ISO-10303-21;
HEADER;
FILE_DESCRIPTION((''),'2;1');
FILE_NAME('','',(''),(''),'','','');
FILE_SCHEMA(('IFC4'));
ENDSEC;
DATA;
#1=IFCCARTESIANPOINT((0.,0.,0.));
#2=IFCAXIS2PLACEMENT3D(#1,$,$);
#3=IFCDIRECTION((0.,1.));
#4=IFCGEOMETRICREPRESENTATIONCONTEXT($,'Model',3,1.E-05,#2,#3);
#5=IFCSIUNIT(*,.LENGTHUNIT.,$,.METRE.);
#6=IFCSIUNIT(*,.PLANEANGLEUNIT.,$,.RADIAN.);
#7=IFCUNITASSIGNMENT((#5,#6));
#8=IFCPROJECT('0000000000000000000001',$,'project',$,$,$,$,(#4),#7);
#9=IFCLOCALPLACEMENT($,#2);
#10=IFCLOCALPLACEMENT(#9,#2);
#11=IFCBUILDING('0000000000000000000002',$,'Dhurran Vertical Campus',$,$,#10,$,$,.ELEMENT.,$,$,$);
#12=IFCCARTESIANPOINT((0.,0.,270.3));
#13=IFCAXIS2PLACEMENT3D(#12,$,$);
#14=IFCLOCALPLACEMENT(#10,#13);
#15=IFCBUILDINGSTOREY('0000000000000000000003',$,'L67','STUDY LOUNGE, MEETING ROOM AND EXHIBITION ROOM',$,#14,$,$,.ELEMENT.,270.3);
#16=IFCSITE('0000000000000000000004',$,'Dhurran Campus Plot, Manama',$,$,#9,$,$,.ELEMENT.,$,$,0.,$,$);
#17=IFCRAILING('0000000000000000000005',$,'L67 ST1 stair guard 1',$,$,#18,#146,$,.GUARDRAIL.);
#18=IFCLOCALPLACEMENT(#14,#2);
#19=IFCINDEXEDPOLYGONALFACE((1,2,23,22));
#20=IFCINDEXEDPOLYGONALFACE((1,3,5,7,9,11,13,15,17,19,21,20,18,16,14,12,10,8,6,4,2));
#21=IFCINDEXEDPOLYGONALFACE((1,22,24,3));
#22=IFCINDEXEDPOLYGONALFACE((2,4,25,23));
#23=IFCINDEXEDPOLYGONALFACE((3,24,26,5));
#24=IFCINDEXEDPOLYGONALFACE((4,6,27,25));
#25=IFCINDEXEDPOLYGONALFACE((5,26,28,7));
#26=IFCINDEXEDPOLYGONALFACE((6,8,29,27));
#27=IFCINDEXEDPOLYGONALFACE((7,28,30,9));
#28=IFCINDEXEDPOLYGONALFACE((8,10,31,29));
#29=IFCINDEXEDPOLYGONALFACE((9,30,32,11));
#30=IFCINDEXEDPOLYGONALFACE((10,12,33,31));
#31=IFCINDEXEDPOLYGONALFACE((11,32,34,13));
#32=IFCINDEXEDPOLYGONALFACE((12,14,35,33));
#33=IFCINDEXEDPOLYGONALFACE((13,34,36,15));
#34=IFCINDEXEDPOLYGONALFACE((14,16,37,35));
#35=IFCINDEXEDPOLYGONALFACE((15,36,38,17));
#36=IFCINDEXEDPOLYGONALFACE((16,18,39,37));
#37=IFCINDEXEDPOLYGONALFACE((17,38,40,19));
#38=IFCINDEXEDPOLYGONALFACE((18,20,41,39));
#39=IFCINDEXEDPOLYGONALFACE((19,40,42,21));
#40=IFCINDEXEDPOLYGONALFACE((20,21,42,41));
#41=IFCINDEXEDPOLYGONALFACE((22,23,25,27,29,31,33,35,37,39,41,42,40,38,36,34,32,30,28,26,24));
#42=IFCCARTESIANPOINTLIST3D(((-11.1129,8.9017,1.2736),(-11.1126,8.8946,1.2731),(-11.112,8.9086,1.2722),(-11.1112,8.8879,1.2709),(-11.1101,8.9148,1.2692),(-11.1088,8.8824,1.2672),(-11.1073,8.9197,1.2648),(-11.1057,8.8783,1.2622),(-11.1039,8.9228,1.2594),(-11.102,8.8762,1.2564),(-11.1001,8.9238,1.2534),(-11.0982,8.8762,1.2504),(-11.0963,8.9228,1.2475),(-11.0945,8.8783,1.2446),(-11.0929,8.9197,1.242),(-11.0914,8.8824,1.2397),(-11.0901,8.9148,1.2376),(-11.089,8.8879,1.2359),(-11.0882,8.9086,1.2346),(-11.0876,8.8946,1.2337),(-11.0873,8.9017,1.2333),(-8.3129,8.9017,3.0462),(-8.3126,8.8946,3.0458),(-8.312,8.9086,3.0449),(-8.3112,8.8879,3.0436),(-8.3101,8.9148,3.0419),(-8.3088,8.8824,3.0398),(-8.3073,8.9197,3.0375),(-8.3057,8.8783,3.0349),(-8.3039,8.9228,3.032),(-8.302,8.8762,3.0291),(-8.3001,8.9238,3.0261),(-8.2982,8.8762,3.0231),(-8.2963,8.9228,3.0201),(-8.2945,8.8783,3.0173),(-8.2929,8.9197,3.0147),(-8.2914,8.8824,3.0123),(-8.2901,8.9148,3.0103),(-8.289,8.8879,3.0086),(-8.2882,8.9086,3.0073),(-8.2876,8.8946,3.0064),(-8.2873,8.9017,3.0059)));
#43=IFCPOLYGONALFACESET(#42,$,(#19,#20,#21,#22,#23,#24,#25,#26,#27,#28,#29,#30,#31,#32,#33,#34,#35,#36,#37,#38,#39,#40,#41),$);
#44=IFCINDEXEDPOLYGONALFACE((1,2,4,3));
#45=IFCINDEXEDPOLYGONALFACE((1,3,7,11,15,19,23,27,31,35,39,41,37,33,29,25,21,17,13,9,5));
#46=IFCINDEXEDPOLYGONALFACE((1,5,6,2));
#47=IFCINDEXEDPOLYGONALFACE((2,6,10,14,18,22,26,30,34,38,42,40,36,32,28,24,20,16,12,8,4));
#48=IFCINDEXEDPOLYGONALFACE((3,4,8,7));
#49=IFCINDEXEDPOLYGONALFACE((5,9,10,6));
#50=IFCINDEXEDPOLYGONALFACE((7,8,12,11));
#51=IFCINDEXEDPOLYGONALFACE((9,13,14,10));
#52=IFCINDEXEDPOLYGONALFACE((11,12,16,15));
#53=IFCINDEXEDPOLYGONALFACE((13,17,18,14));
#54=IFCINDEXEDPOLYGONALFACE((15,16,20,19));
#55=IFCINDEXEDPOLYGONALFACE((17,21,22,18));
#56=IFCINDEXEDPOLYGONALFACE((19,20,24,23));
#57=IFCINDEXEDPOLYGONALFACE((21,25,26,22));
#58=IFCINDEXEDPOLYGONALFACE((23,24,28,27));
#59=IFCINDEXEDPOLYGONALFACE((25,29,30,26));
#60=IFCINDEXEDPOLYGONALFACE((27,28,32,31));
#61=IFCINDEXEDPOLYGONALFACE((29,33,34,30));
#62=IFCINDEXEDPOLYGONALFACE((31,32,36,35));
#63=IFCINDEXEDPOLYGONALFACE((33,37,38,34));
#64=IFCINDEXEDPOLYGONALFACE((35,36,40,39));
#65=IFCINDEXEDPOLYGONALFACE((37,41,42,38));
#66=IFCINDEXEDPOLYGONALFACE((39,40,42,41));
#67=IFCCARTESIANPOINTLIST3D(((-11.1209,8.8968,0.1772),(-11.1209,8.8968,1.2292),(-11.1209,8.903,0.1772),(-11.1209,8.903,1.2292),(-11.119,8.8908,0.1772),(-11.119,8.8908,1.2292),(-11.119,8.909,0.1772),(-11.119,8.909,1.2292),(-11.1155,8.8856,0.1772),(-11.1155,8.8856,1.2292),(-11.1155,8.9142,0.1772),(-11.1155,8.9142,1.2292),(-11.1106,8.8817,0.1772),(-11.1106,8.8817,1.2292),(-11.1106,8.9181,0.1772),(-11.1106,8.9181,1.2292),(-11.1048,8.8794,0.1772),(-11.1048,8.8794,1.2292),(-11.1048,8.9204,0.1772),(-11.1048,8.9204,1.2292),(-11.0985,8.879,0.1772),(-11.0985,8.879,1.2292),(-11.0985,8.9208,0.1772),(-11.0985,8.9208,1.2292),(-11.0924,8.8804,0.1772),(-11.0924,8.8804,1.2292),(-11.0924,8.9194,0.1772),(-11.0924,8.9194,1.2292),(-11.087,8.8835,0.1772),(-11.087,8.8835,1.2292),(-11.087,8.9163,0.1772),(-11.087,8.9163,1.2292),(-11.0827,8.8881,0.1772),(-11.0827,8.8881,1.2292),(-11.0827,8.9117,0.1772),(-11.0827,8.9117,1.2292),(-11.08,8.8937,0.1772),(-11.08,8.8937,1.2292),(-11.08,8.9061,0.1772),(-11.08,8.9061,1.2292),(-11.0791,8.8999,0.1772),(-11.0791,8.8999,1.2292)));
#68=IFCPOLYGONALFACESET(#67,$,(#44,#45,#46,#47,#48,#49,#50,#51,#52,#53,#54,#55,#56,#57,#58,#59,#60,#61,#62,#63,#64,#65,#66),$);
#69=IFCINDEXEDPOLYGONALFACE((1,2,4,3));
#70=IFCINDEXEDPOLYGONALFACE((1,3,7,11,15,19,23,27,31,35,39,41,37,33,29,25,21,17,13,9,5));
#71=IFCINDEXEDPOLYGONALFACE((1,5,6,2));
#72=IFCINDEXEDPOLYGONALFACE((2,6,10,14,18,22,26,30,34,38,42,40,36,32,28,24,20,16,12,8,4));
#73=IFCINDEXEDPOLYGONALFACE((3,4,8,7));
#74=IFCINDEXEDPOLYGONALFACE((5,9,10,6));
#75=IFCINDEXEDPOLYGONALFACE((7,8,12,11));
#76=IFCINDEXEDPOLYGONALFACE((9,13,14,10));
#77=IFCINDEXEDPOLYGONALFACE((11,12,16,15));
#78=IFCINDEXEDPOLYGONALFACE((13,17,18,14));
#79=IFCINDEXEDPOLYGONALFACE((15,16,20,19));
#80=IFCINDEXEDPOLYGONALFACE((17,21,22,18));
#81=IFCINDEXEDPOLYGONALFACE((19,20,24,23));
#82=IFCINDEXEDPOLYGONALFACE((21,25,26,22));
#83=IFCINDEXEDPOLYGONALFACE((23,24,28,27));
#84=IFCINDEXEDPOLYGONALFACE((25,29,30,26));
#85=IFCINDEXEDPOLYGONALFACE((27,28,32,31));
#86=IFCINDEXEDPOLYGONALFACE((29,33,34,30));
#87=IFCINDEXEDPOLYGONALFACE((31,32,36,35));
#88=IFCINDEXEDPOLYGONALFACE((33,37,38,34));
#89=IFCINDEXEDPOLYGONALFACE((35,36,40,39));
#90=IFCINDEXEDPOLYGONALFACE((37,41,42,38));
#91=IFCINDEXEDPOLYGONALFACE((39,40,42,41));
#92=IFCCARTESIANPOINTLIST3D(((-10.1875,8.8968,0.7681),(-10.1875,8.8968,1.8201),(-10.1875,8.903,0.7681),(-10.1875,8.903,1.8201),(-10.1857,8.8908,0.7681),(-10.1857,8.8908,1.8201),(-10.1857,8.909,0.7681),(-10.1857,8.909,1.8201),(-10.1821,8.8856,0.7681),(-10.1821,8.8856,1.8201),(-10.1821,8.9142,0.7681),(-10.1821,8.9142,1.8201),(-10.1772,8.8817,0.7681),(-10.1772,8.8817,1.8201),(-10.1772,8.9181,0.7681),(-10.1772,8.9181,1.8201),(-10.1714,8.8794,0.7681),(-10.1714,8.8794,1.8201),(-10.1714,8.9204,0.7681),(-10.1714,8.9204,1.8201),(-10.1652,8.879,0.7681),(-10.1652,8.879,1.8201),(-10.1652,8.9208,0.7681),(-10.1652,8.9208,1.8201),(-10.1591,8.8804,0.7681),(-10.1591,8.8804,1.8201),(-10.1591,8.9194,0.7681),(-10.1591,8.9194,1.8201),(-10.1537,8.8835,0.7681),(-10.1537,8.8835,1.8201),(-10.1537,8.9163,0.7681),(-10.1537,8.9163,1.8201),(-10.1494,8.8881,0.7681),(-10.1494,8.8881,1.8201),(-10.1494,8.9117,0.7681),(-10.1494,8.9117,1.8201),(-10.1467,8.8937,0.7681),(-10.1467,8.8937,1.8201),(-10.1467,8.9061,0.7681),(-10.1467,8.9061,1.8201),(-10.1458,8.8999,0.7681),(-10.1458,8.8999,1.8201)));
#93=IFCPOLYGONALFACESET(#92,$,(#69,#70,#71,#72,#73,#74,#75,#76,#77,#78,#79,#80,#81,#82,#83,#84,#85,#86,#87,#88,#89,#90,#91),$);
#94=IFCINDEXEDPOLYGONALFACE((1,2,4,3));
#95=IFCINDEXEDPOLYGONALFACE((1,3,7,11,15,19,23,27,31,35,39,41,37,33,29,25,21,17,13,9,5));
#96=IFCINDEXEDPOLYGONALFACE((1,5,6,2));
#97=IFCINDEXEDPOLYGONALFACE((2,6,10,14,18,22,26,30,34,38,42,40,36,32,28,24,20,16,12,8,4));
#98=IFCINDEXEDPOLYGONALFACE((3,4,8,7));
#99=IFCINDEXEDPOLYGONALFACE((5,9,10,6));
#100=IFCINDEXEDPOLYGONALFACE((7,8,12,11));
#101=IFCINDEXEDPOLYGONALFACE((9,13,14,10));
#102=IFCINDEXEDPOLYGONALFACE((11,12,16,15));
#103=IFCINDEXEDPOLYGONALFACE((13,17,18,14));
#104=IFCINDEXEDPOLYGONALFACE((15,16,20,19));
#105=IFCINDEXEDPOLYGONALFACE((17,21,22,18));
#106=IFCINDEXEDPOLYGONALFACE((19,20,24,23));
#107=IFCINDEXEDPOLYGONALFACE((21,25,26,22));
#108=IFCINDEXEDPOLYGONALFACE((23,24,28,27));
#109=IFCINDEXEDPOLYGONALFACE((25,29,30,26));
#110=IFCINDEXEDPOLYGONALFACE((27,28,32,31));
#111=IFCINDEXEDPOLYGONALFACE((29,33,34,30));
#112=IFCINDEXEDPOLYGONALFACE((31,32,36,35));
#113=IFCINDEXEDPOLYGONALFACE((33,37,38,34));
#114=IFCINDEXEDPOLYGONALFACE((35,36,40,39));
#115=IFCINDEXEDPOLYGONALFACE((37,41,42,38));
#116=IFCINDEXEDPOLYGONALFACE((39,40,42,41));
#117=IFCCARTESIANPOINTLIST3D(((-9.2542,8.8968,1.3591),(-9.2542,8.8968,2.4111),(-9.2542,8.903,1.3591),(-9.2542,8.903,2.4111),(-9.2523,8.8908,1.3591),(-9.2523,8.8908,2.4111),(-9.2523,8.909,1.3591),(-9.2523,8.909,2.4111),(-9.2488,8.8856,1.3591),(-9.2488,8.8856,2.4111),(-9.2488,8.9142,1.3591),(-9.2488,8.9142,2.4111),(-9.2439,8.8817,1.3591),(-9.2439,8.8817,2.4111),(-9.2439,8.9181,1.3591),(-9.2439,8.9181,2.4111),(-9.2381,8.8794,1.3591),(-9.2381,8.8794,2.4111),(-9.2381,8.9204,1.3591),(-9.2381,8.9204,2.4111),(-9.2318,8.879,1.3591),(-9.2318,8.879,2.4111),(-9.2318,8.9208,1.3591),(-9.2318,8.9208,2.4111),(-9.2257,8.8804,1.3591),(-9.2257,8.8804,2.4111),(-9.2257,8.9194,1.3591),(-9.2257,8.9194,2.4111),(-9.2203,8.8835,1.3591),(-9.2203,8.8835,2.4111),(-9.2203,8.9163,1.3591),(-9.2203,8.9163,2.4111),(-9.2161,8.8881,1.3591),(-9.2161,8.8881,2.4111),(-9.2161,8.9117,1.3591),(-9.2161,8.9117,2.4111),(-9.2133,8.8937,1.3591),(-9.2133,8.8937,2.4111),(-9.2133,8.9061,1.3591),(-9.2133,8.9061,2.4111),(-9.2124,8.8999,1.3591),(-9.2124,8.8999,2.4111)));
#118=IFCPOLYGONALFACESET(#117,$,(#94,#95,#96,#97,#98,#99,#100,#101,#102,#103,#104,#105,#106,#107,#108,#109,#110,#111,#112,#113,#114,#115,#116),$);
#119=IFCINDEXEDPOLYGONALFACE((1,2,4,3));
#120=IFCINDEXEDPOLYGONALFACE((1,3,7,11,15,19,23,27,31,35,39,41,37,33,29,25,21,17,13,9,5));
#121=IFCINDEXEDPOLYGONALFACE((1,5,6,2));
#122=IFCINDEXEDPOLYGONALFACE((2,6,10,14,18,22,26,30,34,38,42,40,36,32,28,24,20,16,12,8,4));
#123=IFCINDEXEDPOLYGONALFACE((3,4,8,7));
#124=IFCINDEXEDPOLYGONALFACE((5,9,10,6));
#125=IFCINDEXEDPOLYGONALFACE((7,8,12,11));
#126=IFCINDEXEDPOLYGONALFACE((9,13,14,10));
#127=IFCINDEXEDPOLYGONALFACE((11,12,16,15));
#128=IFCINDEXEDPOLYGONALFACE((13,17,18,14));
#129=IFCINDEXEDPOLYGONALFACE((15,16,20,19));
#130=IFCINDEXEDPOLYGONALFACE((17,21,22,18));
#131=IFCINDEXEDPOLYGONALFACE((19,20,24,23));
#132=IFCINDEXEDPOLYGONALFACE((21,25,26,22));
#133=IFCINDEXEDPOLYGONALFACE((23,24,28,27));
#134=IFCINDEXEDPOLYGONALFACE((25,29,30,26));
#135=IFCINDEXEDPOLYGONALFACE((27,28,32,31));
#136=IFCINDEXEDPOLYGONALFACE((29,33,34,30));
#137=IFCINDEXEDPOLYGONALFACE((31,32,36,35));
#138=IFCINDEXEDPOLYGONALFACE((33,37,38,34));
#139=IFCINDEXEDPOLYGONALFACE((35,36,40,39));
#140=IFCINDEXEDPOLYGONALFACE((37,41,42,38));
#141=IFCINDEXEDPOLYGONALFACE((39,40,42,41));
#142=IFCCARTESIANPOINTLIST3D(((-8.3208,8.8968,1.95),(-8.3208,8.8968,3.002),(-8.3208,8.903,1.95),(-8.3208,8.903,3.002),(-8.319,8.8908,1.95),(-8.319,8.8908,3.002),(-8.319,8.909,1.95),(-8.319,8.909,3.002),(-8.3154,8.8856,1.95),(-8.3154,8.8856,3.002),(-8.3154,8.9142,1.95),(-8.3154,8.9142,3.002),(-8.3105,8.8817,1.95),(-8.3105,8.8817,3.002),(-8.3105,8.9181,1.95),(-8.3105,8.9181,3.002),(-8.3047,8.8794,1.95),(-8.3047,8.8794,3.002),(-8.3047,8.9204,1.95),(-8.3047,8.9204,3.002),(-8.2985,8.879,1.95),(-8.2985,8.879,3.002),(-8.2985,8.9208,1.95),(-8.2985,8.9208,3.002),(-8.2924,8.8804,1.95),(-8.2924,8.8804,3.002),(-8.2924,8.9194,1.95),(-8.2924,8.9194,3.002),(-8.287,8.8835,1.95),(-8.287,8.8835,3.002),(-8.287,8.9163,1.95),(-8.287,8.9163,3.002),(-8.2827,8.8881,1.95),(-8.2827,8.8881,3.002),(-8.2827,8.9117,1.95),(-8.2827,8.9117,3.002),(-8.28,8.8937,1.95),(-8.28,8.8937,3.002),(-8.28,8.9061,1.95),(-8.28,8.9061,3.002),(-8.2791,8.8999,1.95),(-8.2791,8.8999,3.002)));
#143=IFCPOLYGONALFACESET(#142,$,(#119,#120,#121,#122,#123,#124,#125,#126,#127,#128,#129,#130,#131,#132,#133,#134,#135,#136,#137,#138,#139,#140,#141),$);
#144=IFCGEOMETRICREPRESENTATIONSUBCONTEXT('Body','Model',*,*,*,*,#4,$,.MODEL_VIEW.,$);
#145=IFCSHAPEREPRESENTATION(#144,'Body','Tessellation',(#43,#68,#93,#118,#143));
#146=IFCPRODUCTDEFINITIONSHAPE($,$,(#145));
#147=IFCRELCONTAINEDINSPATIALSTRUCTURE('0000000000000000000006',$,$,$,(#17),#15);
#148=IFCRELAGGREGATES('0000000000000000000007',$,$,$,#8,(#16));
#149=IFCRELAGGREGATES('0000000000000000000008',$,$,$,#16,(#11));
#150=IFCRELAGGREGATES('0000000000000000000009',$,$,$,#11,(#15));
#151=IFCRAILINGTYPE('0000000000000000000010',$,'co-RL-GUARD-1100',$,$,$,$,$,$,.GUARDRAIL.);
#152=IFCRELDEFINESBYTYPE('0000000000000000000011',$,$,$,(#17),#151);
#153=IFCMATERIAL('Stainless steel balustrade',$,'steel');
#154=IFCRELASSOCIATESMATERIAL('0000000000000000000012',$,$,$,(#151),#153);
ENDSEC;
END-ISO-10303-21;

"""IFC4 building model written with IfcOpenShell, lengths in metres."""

from ifc_helpers import new_model, si_unit, direction, frame, origin, origin_2d, place, context, subcontext, project, spatial, circle, extrude, material, type_object, element, save


model = new_model("IFC4")

# Units and contexts
model_context = context("Model", 3, precision=1e-05, world=origin(), true_north=direction((0.0, 1.0)))
body_context = subcontext(model_context, "Body", "Model", "MODEL_VIEW")
ifc_project = project(units=[si_unit("LENGTHUNIT", "METRE"), si_unit("PLANEANGLEUNIT", "RADIAN")], contexts=[model_context])

# Site, building, storey
site_placement = place(None, origin())
site = spatial("IfcSite", under=ifc_project, at=site_placement, Name="Dhurran Campus Plot, Manama", CompositionType="ELEMENT", RefElevation=0.0)
building_placement = place(site_placement, origin())
building = spatial("IfcBuilding", under=site, at=building_placement, Name="Dhurran Vertical Campus", CompositionType="ELEMENT")
storey_placement = place(building_placement, frame((0.0, 0.0, 270.3)))
storey = spatial("IfcBuildingStorey", under=building, at=storey_placement, Name="L67", Description="STUDY LOUNGE, MEETING ROOM AND EXHIBITION ROOM", CompositionType="ELEMENT", Elevation=270.3)

# Railing
ifc_material_1 = material(Name="Stainless steel balustrade", Category="steel")
railing_type_1 = type_object("IfcRailingType", Name="co-RL-GUARD-1100", PredefinedType="GUARDRAIL", material=ifc_material_1)
railing_1_placement = place(storey_placement, frame((-11.1001, 8.8999, 0.1772)))
element("IfcRailing", 1, at=railing_1_placement, inside=storey, type_object=railing_type_1, Name="L67 ST1 stair guard 1", PredefinedType="GUARDRAIL", context=body_context, shape_type="SweptSolid", body=[
    extrude(circle(Radius=0.0239, at=origin_2d()), frame((0.0, 0.0, 1.0762), z_axis=(0.844909, 0.0, 0.53491), x_axis=(0.0, 1.0, 0.0)), (0.0, 0.0, 1.0), 3.314),
    extrude(circle(Radius=0.021, at=origin_2d()), origin(), (0.0, 0.0, 1.0), 1.052),
    extrude(circle(Radius=0.021, at=origin_2d()), frame((0.9333, 0.0, 0.5908)), (0.0, 0.0, 1.0), 1.052),
    extrude(circle(Radius=0.021, at=origin_2d()), frame((1.8667, 0.0, 1.1819)), (0.0, 0.0, 1.0), 1.052),
    extrude(circle(Radius=0.021, at=origin_2d()), frame((2.8, 0.0, 1.7727)), (0.0, 0.0, 1.0), 1.052),
])

save(model, "model.ifc")
